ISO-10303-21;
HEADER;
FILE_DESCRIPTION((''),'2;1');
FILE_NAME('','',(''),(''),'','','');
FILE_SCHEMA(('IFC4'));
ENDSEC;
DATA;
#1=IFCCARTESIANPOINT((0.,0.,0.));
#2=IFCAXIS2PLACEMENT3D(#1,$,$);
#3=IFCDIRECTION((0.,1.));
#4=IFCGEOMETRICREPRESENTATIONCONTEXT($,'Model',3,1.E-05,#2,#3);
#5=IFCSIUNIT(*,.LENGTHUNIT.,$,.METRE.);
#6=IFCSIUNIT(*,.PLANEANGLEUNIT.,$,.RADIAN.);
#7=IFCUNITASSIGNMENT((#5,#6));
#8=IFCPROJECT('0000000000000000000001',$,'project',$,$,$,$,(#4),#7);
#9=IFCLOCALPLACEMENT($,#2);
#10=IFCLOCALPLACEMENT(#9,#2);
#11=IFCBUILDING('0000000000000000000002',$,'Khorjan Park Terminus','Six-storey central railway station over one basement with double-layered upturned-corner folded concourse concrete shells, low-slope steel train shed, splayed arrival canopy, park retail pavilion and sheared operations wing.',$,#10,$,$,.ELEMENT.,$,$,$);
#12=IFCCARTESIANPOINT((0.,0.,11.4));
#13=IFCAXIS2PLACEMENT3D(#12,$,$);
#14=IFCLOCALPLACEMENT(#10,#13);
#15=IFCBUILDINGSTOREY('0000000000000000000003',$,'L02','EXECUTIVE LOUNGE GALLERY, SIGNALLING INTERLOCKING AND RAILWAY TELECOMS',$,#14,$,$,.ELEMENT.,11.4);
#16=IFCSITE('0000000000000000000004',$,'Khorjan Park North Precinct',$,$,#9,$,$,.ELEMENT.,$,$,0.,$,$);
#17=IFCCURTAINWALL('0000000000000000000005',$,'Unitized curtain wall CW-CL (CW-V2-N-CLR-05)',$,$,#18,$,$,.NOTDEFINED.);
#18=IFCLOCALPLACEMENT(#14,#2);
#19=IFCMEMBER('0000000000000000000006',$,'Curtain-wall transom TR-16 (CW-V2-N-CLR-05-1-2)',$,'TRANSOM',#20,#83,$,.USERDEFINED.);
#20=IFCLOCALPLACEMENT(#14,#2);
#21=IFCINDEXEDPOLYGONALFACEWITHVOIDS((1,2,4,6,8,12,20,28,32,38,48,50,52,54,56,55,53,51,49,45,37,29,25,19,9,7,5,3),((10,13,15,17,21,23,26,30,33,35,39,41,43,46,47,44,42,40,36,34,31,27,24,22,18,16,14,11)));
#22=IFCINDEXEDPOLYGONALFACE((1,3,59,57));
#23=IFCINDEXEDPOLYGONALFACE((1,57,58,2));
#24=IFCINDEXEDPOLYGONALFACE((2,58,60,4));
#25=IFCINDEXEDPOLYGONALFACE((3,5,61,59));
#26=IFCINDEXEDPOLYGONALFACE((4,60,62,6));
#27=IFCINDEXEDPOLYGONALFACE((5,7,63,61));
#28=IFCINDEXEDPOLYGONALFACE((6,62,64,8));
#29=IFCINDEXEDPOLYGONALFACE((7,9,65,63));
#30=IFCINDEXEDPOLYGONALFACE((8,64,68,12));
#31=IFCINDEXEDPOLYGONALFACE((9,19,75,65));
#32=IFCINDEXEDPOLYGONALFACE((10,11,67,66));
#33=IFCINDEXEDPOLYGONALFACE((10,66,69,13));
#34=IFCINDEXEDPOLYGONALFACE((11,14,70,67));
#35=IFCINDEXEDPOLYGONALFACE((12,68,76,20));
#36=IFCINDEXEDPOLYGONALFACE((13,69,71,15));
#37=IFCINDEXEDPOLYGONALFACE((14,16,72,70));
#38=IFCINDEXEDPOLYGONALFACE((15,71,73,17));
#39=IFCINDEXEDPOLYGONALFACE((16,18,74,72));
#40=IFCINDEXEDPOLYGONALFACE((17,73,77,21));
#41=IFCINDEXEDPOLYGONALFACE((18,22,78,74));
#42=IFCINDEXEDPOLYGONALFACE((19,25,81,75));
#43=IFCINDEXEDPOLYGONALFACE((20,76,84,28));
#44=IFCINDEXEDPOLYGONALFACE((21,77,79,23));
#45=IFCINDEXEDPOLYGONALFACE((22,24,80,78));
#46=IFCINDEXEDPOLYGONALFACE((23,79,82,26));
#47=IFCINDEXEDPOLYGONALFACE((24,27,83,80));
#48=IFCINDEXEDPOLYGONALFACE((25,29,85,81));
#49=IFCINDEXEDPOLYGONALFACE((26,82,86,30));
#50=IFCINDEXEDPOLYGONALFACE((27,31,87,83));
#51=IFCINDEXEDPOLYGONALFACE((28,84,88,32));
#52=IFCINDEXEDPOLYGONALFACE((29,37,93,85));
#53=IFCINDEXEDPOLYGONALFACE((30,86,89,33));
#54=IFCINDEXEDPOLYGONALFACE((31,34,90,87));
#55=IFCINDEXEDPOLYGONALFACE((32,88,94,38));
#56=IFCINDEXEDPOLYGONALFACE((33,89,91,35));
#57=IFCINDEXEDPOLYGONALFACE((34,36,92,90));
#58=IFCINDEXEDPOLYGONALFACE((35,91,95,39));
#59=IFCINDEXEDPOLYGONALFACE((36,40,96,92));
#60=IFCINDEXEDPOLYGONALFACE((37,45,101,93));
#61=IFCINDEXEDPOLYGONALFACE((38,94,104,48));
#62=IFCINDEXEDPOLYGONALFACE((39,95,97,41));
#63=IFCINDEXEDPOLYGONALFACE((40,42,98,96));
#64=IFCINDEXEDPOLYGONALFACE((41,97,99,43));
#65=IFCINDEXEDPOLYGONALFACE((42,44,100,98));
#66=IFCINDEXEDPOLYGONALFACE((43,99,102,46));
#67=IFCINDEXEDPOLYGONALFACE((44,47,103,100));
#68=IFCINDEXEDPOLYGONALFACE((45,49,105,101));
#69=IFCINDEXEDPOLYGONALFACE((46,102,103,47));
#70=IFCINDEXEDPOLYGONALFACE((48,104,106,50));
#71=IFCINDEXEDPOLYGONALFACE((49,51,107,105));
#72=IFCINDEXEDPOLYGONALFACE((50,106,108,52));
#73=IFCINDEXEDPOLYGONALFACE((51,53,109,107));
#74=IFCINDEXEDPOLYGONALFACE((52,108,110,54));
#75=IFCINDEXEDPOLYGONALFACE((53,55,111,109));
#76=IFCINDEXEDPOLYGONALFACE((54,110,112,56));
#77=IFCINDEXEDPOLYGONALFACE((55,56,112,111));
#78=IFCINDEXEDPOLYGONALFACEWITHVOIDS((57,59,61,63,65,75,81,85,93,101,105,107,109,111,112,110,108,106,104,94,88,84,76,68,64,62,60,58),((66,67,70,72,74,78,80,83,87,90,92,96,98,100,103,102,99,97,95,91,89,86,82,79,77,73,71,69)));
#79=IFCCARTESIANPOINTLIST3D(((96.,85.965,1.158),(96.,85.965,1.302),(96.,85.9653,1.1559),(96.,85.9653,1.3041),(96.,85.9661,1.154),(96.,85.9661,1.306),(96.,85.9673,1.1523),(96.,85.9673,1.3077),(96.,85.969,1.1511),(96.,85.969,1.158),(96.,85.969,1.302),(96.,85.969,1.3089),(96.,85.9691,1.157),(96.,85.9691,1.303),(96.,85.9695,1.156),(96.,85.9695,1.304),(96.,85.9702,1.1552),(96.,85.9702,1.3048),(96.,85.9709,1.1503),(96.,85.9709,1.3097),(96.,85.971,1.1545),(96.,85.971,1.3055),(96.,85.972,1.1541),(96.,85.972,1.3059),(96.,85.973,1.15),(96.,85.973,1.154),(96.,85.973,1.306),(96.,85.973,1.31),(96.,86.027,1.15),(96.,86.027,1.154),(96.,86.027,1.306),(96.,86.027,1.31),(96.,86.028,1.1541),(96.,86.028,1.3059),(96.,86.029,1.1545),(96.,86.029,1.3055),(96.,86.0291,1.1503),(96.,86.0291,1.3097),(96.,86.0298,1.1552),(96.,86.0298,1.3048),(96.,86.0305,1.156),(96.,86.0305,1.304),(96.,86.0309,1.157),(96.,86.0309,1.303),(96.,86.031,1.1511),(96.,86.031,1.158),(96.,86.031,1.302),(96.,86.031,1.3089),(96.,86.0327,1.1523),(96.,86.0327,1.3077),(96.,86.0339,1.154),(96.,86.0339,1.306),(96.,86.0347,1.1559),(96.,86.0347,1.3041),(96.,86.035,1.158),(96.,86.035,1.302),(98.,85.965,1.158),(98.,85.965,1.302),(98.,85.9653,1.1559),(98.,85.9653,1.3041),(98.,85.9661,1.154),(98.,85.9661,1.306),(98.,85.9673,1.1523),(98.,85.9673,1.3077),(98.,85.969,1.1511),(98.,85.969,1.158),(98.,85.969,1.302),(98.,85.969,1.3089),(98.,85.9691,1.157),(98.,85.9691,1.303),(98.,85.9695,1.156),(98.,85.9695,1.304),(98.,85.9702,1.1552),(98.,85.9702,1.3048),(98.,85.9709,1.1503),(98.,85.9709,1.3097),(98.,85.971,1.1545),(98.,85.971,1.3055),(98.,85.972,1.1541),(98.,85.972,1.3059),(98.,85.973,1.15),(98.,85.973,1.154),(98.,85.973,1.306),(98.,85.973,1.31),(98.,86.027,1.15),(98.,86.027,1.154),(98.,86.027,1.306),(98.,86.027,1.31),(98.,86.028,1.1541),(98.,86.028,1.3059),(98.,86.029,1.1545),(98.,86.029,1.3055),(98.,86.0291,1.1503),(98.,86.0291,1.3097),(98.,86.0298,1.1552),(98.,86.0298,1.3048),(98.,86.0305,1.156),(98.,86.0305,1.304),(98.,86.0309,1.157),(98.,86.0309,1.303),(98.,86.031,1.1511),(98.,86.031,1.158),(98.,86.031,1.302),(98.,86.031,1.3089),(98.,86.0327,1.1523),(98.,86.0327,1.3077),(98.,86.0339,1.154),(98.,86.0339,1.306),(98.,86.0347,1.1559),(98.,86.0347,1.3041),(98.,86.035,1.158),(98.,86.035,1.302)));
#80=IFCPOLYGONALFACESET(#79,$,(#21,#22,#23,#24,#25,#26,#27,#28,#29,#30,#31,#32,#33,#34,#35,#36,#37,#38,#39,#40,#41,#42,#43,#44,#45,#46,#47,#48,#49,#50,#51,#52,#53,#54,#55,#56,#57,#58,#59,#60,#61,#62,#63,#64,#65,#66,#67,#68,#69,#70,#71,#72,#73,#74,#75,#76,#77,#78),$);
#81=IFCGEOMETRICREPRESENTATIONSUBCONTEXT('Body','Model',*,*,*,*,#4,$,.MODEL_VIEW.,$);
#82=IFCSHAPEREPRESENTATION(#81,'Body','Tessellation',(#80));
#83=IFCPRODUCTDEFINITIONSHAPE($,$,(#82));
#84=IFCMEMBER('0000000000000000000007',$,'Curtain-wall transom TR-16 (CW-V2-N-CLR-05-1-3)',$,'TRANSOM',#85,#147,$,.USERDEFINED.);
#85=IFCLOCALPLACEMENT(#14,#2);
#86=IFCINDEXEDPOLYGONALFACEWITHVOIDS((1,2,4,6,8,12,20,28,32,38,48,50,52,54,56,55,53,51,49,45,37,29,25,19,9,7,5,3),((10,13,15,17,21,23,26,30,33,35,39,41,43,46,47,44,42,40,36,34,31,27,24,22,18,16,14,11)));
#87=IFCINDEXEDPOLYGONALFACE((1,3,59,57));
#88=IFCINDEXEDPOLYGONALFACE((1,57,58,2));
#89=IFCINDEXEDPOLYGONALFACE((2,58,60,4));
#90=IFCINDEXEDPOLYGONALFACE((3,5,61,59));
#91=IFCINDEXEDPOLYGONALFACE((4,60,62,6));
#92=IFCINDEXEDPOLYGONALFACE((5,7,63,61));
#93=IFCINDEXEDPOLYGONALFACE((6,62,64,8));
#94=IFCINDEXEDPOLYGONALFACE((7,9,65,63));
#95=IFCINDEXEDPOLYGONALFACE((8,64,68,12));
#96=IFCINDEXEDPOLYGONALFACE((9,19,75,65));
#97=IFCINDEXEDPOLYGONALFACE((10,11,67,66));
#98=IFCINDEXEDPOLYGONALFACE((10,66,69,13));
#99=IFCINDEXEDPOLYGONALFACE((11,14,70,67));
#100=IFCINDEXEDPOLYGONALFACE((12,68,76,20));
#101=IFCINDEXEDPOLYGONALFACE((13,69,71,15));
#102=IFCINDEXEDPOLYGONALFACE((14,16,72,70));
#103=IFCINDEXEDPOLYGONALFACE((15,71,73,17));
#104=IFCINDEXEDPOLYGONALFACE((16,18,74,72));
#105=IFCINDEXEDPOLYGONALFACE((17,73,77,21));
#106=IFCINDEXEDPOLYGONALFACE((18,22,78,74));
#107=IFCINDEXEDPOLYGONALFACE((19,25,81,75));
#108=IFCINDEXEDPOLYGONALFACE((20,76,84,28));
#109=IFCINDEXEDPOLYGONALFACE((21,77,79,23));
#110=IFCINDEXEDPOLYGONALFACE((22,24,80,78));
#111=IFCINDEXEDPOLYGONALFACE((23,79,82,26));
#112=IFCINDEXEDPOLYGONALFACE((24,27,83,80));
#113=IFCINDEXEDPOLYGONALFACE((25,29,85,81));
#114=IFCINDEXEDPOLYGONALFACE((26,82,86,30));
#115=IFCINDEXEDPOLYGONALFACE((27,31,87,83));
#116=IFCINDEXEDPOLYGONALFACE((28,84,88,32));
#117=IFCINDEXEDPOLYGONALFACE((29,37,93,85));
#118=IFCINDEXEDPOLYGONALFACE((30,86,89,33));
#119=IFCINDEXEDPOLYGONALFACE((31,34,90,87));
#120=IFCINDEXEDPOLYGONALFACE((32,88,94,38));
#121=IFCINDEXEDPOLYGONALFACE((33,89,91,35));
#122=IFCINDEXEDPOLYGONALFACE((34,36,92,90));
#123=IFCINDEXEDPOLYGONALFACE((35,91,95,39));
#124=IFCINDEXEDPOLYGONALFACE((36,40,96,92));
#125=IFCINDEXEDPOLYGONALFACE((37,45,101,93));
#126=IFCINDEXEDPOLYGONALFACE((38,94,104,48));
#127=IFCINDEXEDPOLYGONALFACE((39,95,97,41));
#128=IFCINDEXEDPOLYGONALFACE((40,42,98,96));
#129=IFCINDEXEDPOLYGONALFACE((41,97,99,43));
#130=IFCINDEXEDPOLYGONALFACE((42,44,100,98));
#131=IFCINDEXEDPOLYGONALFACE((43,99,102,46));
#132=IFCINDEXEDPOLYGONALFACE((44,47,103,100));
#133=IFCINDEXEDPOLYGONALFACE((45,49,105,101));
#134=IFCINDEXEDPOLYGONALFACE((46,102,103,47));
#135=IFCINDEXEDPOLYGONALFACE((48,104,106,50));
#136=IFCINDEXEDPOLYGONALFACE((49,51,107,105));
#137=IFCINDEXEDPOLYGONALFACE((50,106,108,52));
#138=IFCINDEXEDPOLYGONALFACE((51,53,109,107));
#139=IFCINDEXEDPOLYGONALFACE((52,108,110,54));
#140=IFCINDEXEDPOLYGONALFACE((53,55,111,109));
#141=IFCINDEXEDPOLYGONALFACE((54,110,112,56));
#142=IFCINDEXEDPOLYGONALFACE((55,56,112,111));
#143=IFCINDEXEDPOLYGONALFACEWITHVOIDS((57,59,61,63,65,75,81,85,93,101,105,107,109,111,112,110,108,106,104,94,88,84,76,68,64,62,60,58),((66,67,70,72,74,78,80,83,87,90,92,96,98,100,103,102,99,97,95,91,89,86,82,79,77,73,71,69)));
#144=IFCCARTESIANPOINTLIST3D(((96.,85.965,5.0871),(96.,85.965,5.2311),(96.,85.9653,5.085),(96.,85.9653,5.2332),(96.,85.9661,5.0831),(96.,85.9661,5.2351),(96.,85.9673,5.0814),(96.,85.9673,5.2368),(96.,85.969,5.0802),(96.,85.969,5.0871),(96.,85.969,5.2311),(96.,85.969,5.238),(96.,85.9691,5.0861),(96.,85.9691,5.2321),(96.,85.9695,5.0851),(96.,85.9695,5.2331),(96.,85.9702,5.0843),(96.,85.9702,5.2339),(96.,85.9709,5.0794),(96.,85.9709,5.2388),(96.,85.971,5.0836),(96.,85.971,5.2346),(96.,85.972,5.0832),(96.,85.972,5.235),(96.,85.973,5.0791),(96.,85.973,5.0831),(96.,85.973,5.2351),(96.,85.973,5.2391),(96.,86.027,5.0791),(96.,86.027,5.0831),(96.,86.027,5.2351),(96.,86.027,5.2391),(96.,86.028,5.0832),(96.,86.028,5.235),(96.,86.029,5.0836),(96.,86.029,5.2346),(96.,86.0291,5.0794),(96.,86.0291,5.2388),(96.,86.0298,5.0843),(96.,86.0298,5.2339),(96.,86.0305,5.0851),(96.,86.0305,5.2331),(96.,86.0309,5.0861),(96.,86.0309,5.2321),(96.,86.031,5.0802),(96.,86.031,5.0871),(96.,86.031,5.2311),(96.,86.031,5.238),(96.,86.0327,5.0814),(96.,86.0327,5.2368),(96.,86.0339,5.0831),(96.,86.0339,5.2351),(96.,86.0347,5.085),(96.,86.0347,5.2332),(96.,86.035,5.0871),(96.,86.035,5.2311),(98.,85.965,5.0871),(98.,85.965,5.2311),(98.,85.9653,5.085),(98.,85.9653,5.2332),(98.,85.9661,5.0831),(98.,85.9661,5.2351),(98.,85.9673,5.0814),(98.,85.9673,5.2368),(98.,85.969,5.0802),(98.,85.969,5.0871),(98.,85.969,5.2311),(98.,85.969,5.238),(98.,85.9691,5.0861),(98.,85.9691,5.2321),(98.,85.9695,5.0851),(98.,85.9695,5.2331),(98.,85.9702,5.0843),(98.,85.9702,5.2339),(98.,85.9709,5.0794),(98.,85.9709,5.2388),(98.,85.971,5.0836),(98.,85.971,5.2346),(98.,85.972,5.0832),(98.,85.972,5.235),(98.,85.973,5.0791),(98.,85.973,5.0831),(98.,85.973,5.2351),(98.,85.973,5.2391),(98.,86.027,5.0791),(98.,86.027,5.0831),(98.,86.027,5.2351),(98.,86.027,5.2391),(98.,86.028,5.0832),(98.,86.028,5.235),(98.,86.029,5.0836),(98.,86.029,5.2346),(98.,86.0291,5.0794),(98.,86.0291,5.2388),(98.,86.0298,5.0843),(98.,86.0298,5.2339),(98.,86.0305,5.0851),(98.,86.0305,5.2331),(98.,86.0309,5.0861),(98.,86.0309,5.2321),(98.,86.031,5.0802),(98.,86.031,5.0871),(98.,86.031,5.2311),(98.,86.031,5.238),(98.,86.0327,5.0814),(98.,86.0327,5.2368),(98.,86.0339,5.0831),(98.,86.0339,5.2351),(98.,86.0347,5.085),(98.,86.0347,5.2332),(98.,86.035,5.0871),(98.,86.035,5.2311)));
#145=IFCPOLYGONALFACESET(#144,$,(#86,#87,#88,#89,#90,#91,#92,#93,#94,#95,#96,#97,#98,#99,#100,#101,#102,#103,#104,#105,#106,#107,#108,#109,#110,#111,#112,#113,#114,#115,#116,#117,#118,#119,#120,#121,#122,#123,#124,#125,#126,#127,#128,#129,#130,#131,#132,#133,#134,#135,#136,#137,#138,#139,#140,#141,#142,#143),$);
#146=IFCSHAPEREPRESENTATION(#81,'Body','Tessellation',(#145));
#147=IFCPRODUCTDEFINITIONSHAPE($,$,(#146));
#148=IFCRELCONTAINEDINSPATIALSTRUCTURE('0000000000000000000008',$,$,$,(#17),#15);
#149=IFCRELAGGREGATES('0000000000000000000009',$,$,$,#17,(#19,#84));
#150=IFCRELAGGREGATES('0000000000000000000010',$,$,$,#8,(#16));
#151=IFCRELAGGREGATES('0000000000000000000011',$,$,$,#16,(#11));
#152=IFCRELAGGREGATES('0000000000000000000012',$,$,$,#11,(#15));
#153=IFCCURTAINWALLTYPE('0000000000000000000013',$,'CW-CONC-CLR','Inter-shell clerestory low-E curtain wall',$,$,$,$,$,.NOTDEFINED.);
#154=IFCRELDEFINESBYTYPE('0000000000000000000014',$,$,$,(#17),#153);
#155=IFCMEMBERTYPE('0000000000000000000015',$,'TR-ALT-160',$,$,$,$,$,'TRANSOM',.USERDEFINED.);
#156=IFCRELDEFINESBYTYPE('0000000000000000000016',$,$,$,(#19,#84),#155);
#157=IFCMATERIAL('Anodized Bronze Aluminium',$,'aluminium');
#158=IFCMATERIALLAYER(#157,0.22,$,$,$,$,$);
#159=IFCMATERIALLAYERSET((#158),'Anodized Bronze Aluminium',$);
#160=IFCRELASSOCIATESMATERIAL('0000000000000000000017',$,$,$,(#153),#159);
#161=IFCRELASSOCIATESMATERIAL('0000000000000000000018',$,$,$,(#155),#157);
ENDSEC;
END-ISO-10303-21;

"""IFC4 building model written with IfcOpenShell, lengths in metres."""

from ifc_helpers import new_model, si_unit, direction, frame, origin, origin_2d, place, context, subcontext, project, spatial, hollow_rectangle, extrude, material, layer, layer_set, material_profile, profile_set, type_object, element, aggregate, save


model = new_model("IFC4")

# Units and contexts
model_context = context("Model", 3, precision=1e-05, world=origin(), true_north=direction((0.0, 1.0)))
body_context = subcontext(model_context, "Body", "Model", "MODEL_VIEW")
ifc_project = project(units=[si_unit("LENGTHUNIT", "METRE"), si_unit("PLANEANGLEUNIT", "RADIAN")], contexts=[model_context])

# Site, building, storey
site_placement = place(None, origin())
site = spatial("IfcSite", under=ifc_project, at=site_placement, Name="Khorjan Park North Precinct", CompositionType="ELEMENT", RefElevation=0.0)
building_placement = place(site_placement, origin())
building = spatial("IfcBuilding", under=site, at=building_placement, Name="Khorjan Park Terminus", Description="Six-storey central railway station over one basement with double-layered upturned-corner folded concourse concrete shells, low-slope steel train shed, splayed arrival canopy, park retail pavilion and sheared operations wing.", CompositionType="ELEMENT")
storey_placement = place(building_placement, frame((0.0, 0.0, 11.4)))
storey = spatial("IfcBuildingStorey", under=building, at=storey_placement, Name="L02", Description="EXECUTIVE LOUNGE GALLERY, SIGNALLING INTERLOCKING AND RAILWAY TELECOMS", CompositionType="ELEMENT", Elevation=11.4)

# Curtain wall
ifc_material_1 = material(Name="Anodized Bronze Aluminium", Category="aluminium")
ifc_layer_1 = layer(ifc_material_1, 0.22)
ifc_layer_set_1 = layer_set([ifc_layer_1], Name="Anodized Bronze Aluminium")
curtain_wall_type = type_object("IfcCurtainWallType", Name="CW-CONC-CLR", Description="Inter-shell clerestory low-E curtain wall", PredefinedType="NOTDEFINED", material=ifc_layer_set_1)
curtain_wall_1_placement = place(storey_placement, origin())
curtain_wall_1 = element("IfcCurtainWall", 1, at=curtain_wall_1_placement, inside=storey, type_object=curtain_wall_type, Name="Unitized curtain wall CW-CL (CW-V2-N-CLR-05)", PredefinedType="NOTDEFINED")

# Members
ifc_material_profile_1 = material_profile(ifc_material_1, hollow_rectangle(XDim=0.07, YDim=0.16, WallThickness=0.004, InnerFilletRadius=0.004, OuterFilletRadius=0.008, at=origin_2d()), Name="ALT 70x160x4")
ifc_profile_set_1 = profile_set([ifc_material_profile_1], Name="Anodized Bronze Aluminium")
member_type_1 = type_object("IfcMemberType", Name="TR-ALT-160", ElementType="TRANSOM", PredefinedType="USERDEFINED", material=ifc_profile_set_1)
member_1_placement = place(storey_placement, frame((98.0, 86.0, 1.23), z_axis=(-1.0, 0.0, 0.0), x_axis=(0.0, -1.0, 0.0)))
member_1 = element("IfcMember", 2, at=member_1_placement, type_object=member_type_1, Name="Curtain-wall transom TR-16 (CW-V2-N-CLR-05-1-2)", ObjectType="TRANSOM", PredefinedType="USERDEFINED", context=body_context, shape_type="SweptSolid", body=[
    extrude(hollow_rectangle(XDim=0.07, YDim=0.16, WallThickness=0.004, InnerFilletRadius=0.004, OuterFilletRadius=0.008, at=origin_2d()), origin(), (0.0, 0.0, 1.0), 2.0),
])
member_2_placement = place(storey_placement, frame((98.0, 86.0, 5.1591), z_axis=(-1.0, 0.0, 0.0), x_axis=(0.0, -1.0, 0.0)))
member_2 = element("IfcMember", 3, at=member_2_placement, type_object=member_type_1, Name="Curtain-wall transom TR-16 (CW-V2-N-CLR-05-1-3)", ObjectType="TRANSOM", PredefinedType="USERDEFINED", context=body_context, shape_type="SweptSolid", body=[
    extrude(hollow_rectangle(XDim=0.07, YDim=0.16, WallThickness=0.004, InnerFilletRadius=0.004, OuterFilletRadius=0.008, at=origin_2d()), origin(), (0.0, 0.0, 1.0), 2.0),
])

aggregate(curtain_wall_1, [member_1, member_2])

save(model, "model.ifc")
